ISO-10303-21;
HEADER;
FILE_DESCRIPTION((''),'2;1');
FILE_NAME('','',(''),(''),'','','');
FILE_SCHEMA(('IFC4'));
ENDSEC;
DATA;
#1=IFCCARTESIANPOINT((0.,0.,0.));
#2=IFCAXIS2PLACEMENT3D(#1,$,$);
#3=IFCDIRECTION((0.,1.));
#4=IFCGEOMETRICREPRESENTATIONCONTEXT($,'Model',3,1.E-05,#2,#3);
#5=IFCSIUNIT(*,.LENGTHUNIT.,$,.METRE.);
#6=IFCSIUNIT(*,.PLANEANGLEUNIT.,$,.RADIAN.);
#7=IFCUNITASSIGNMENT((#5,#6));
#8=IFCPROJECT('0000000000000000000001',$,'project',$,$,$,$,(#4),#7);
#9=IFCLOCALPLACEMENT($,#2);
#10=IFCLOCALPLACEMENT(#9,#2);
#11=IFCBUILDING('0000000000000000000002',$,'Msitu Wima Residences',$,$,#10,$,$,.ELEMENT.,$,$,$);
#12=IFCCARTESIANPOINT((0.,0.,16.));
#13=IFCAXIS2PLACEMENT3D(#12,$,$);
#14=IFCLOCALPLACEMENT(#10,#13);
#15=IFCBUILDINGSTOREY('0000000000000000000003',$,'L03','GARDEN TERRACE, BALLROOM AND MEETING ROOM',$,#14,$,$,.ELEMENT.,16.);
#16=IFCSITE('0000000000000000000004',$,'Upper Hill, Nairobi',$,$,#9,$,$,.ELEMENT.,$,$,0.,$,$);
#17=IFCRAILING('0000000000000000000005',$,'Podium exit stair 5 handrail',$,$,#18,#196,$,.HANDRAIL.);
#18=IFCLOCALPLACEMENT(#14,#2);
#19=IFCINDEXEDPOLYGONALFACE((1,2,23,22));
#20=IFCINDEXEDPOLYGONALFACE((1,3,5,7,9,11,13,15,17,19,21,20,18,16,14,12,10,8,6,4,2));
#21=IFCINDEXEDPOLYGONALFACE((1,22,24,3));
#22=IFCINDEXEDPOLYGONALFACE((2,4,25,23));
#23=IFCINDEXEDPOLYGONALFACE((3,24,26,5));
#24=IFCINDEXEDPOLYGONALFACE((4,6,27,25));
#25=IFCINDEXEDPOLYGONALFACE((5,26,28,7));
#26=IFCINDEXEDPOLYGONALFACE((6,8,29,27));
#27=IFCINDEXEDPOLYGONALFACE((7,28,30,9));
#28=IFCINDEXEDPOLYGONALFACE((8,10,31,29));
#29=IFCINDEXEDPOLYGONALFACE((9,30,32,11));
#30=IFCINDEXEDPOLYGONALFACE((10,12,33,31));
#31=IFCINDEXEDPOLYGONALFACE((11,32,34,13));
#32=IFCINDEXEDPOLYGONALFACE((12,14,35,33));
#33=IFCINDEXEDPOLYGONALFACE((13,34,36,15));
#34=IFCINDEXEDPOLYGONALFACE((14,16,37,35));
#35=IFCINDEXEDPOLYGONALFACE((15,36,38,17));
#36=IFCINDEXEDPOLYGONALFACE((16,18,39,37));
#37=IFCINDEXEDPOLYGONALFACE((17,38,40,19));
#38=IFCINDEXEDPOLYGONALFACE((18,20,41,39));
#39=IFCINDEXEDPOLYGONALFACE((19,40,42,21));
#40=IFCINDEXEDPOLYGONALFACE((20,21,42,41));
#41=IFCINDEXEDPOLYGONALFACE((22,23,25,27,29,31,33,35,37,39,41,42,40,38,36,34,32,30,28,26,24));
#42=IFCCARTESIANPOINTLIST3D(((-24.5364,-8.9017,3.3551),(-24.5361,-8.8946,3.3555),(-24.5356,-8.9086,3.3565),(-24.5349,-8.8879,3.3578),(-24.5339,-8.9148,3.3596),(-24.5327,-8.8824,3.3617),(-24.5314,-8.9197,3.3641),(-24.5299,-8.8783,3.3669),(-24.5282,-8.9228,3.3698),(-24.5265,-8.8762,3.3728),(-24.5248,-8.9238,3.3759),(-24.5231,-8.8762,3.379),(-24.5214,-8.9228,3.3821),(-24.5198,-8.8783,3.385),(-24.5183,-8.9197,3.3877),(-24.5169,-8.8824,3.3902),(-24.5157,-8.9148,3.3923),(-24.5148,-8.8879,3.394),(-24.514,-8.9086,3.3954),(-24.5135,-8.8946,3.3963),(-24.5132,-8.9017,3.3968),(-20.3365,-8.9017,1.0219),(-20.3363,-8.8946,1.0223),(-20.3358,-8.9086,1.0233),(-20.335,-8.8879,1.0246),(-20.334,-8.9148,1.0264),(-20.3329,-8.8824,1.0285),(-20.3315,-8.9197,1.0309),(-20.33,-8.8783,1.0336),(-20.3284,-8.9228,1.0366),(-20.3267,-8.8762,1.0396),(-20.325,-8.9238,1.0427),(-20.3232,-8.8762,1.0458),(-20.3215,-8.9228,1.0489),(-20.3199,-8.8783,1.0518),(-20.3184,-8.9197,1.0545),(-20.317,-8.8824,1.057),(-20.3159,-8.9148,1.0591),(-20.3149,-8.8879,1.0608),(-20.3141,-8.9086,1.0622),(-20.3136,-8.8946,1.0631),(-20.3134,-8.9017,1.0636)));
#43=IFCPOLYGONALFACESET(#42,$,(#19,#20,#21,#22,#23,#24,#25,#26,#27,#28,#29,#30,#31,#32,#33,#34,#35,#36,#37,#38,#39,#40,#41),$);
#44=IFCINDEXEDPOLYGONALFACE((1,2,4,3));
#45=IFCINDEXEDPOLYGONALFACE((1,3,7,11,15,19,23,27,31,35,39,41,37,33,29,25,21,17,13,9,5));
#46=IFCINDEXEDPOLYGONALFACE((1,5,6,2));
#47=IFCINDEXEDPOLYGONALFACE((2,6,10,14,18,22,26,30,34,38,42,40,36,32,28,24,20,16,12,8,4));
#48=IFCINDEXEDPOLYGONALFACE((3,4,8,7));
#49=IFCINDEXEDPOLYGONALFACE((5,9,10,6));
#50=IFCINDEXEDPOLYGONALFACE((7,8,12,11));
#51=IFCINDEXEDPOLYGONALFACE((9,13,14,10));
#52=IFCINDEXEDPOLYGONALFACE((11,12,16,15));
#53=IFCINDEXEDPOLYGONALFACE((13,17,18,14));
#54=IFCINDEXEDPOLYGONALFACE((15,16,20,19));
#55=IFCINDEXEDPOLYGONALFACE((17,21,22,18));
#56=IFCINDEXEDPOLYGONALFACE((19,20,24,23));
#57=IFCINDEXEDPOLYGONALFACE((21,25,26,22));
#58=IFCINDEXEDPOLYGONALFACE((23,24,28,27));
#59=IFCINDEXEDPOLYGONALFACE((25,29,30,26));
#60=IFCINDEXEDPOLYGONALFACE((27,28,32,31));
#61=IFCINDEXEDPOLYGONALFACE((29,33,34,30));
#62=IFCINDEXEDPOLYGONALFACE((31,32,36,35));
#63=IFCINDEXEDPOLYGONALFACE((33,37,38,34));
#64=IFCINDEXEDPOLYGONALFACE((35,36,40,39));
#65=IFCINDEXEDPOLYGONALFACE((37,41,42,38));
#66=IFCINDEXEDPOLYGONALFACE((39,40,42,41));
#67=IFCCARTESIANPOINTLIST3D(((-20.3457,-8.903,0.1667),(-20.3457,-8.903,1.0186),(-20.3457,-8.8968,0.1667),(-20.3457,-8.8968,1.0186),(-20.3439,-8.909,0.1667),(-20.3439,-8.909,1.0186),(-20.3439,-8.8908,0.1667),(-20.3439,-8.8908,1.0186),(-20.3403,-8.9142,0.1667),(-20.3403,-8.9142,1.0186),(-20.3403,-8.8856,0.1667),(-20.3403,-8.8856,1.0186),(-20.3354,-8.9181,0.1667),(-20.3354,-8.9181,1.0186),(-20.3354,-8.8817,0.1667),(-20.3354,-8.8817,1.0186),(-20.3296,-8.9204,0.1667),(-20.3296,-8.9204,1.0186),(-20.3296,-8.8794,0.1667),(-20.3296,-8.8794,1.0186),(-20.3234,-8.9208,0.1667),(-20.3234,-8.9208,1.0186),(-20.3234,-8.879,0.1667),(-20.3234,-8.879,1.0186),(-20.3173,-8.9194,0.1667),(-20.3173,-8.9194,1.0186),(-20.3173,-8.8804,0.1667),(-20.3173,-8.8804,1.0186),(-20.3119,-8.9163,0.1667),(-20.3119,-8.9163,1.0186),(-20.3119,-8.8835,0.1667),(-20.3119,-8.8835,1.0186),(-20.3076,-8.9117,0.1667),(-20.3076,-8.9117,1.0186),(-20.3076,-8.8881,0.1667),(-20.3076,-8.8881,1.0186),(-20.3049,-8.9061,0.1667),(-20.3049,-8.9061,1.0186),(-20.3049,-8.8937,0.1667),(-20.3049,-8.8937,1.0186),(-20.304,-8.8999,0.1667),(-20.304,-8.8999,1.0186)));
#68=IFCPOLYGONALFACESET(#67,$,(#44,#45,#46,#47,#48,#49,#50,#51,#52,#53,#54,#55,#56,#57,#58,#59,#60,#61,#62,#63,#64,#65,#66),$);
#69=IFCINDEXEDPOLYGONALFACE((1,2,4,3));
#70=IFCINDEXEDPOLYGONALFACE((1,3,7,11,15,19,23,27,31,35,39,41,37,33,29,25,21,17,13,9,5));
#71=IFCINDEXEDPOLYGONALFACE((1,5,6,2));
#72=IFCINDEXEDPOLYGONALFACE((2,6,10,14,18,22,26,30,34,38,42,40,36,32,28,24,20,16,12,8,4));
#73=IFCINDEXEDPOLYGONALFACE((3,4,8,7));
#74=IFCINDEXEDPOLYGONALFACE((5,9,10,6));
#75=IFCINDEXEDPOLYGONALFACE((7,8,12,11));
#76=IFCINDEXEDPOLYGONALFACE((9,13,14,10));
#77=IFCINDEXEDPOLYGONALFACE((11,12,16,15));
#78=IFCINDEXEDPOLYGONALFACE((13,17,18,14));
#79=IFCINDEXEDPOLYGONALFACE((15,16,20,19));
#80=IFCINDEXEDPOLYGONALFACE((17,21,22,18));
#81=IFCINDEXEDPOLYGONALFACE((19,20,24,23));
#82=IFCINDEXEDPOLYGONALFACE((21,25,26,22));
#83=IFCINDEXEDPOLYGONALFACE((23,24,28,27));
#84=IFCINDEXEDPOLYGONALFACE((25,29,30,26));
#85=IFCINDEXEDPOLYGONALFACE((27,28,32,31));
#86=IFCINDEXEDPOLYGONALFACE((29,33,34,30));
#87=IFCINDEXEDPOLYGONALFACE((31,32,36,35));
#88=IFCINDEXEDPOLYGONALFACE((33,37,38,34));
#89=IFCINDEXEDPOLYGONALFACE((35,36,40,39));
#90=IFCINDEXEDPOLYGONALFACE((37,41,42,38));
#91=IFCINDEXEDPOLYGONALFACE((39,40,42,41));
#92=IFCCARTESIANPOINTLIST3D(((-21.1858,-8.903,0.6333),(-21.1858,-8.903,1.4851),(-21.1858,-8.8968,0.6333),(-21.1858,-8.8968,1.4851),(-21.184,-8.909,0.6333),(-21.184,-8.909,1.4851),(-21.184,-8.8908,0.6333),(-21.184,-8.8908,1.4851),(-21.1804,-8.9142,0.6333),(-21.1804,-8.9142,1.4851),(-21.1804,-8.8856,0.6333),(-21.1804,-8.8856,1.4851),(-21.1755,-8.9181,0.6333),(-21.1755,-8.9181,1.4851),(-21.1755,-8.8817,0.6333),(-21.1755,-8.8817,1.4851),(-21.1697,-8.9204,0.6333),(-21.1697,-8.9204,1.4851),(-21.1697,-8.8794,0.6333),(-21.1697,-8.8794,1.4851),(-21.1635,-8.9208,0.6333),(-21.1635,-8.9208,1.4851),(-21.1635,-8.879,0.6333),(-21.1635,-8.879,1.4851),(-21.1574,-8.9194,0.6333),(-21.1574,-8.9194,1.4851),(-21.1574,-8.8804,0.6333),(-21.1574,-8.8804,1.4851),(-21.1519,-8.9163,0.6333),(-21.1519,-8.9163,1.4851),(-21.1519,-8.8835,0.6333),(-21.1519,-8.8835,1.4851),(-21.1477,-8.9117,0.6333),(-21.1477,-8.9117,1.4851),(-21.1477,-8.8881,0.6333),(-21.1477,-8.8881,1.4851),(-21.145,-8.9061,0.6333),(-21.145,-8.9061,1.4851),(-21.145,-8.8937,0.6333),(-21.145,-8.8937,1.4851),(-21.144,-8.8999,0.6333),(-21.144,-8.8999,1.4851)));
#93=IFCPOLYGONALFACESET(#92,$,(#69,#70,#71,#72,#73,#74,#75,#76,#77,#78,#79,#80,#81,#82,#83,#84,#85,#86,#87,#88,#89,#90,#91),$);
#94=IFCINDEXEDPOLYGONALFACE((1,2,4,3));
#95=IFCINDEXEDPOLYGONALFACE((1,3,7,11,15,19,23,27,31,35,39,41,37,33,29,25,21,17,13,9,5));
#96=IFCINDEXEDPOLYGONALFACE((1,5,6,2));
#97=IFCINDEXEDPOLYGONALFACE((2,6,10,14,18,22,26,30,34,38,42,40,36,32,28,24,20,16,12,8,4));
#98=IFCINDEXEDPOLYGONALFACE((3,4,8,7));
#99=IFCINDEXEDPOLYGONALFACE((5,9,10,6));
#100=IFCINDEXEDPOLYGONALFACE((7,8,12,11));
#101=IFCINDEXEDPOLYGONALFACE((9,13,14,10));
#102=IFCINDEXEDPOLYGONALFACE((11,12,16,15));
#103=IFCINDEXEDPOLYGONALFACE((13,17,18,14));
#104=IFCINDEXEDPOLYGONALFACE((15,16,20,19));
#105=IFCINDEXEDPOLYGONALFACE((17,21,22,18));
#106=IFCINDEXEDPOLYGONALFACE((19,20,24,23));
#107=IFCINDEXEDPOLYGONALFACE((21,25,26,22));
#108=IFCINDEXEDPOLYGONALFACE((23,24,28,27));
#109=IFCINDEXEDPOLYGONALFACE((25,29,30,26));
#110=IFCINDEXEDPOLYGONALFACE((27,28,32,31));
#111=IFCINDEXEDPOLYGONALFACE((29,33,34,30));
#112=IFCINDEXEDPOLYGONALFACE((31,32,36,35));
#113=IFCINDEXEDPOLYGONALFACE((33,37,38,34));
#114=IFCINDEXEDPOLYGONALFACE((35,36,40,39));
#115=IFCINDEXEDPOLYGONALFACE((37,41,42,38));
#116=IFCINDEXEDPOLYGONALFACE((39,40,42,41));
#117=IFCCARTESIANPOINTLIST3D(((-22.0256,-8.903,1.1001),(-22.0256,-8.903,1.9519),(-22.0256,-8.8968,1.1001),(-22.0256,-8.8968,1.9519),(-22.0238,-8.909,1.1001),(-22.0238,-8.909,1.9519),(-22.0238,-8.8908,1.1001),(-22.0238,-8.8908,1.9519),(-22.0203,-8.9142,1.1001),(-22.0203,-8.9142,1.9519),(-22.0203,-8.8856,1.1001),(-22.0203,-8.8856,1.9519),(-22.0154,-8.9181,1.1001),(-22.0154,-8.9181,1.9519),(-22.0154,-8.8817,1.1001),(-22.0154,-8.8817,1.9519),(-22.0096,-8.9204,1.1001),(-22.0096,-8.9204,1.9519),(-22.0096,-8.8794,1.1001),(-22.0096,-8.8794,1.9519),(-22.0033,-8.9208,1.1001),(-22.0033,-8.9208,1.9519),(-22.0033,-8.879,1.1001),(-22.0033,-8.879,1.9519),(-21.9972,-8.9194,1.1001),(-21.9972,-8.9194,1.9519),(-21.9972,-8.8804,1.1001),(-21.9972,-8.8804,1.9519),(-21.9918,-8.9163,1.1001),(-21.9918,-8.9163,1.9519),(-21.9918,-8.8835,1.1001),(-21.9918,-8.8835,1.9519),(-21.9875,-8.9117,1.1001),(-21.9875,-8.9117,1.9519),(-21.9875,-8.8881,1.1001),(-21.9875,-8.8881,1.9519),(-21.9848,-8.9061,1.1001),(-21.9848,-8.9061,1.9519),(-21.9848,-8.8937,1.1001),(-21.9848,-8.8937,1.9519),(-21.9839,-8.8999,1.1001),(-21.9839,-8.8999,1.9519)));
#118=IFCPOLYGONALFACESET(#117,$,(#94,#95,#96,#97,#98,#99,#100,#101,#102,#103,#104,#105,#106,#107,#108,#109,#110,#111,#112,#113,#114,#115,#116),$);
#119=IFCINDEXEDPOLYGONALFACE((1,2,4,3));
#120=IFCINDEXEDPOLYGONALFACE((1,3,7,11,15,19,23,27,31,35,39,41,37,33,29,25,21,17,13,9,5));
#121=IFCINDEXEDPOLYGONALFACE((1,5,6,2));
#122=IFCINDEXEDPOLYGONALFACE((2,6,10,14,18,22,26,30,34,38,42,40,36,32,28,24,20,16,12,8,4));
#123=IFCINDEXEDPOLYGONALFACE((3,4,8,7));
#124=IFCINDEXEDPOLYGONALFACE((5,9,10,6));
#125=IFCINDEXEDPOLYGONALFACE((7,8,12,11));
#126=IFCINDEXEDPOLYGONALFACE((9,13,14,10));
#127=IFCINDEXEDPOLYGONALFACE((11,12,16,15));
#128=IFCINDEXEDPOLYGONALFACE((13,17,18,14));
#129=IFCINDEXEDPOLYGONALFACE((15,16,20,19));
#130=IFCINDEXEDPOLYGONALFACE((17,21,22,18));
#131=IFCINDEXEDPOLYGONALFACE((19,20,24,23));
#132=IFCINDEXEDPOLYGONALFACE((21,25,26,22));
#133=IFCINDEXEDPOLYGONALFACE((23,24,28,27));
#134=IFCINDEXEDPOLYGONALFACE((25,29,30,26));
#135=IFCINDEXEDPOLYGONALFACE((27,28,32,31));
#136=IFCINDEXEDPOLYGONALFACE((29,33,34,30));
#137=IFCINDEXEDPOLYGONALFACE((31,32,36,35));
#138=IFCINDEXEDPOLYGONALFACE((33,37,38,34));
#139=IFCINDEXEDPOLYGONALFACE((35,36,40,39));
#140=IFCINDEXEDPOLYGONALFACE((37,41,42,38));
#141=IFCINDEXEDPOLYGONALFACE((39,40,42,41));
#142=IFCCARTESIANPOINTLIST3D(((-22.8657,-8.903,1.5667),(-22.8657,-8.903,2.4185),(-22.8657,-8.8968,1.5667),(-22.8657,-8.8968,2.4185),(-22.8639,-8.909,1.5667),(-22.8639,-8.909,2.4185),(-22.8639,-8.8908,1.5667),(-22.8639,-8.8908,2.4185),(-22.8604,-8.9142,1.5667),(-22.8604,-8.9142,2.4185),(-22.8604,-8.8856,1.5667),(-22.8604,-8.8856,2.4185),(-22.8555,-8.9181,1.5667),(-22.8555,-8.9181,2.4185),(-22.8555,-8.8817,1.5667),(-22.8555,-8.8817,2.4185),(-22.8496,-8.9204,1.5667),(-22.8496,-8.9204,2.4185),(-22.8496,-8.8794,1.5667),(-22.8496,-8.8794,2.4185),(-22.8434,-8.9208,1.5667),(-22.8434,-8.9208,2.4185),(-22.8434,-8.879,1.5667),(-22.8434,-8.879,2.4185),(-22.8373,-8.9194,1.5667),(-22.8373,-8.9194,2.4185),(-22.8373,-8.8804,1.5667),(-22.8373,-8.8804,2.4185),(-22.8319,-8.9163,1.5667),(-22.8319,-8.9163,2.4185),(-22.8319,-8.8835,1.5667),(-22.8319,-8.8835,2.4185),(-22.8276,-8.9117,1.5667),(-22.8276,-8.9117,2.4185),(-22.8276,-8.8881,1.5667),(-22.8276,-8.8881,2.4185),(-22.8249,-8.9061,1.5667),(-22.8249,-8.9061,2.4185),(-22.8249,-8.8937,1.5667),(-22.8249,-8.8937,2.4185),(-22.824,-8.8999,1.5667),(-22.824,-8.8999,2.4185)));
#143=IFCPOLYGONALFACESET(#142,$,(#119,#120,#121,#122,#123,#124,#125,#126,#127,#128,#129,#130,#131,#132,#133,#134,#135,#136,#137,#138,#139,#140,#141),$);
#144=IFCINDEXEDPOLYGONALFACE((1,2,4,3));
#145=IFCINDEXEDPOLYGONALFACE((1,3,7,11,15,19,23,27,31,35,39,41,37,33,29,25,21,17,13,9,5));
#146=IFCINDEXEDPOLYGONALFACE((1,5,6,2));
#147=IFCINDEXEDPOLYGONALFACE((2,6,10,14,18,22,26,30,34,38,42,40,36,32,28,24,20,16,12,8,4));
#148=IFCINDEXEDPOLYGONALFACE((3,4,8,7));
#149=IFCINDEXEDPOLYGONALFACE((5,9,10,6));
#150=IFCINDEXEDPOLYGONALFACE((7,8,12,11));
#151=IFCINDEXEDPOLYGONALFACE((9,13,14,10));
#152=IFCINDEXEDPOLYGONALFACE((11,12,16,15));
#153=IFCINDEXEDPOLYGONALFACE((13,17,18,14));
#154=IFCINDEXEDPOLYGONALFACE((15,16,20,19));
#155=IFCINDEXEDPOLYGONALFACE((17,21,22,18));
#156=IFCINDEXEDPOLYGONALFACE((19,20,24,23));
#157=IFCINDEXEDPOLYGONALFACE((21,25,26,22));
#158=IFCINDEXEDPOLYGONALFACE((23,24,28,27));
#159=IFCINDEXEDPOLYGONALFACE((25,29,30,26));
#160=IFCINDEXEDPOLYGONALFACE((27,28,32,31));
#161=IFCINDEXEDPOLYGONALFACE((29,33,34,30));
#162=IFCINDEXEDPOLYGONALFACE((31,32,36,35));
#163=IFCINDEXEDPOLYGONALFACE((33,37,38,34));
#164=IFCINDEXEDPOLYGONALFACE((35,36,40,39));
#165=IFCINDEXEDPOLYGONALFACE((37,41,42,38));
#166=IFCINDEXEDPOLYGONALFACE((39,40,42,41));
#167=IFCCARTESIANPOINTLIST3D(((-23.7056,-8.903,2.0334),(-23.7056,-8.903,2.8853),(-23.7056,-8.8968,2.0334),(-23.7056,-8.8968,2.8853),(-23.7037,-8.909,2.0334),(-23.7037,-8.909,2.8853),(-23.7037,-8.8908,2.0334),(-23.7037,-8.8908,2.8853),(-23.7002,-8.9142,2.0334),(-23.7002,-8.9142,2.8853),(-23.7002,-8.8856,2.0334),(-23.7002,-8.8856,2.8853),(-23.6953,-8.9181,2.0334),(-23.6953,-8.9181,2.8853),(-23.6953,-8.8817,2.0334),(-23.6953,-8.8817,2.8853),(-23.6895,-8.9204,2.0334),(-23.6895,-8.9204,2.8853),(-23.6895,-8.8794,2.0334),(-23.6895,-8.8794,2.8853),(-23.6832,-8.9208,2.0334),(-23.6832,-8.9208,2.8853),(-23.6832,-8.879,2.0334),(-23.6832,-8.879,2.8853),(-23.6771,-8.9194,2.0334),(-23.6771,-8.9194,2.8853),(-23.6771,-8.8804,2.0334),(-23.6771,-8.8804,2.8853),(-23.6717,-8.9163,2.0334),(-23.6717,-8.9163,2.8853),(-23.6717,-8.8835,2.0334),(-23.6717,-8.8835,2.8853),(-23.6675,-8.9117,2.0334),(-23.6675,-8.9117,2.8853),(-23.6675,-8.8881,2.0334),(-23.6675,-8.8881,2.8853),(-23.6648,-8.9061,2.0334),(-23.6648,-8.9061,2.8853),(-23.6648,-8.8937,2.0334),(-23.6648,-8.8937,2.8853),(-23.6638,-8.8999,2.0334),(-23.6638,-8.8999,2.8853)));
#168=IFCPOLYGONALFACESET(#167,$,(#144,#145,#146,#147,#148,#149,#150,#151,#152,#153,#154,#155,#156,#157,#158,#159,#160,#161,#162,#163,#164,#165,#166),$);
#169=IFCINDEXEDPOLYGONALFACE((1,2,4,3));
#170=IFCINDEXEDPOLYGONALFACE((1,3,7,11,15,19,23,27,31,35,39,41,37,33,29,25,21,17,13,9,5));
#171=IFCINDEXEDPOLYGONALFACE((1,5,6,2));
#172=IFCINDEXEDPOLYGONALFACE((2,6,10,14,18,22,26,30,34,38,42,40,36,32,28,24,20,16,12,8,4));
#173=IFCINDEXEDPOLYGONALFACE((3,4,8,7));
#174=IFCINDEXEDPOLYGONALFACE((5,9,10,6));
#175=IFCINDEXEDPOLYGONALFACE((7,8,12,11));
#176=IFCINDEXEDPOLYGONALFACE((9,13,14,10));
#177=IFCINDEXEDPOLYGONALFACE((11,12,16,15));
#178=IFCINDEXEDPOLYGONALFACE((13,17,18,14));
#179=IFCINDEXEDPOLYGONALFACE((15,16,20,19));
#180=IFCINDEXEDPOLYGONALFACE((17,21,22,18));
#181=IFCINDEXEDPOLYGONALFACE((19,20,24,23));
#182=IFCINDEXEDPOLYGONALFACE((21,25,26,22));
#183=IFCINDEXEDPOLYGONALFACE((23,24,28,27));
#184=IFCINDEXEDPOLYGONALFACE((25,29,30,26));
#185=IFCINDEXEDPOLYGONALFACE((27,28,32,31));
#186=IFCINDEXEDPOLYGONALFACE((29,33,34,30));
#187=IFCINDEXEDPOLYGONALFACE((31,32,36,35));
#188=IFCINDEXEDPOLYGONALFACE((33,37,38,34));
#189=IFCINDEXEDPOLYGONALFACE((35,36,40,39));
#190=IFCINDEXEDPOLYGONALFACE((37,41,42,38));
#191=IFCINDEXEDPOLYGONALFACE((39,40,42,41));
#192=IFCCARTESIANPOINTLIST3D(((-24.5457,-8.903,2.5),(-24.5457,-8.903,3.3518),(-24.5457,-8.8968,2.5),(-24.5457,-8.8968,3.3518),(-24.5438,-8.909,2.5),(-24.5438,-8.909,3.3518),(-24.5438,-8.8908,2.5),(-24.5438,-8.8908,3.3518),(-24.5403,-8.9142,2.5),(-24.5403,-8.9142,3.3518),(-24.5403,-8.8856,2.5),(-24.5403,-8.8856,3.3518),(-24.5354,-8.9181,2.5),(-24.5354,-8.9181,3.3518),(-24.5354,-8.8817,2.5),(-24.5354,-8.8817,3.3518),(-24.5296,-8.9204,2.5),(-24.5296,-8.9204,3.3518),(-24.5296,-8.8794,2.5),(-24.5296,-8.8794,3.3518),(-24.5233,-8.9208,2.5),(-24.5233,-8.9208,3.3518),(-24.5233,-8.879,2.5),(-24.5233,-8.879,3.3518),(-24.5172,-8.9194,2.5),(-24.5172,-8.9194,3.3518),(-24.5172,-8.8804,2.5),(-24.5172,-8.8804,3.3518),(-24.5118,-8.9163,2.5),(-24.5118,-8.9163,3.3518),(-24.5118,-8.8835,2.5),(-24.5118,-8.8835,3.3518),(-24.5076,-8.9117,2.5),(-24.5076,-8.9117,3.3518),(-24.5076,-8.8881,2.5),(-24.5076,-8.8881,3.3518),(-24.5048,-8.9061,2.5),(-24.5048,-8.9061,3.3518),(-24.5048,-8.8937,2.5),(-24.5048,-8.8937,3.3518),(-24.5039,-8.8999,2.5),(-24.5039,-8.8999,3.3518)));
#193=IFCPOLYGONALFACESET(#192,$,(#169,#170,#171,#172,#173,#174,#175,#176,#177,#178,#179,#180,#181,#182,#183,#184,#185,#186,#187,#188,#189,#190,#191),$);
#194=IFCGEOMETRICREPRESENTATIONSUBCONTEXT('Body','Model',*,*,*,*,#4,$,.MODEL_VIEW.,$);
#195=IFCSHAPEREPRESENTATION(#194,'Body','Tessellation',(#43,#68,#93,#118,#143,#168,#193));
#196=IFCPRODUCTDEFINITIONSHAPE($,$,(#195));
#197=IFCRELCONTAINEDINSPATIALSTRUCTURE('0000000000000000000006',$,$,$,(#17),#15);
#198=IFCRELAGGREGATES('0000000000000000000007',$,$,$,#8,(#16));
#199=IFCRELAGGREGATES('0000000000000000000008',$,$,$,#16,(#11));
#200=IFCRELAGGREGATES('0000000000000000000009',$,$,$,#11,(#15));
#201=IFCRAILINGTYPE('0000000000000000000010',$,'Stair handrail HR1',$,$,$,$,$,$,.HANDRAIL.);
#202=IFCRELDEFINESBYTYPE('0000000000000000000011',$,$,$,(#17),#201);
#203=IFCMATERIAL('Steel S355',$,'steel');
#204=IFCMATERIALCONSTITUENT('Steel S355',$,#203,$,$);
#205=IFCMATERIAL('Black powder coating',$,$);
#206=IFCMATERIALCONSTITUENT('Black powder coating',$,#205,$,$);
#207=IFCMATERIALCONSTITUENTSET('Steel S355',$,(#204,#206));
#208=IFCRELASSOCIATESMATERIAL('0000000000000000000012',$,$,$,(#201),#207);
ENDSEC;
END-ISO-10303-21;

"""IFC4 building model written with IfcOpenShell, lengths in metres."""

from ifc_helpers import new_model, si_unit, direction, frame, origin, origin_2d, place, context, subcontext, project, spatial, circle, extrude, material, constituent, constituent_set, type_object, element, save


model = new_model("IFC4")

# Units and contexts
model_context = context("Model", 3, precision=1e-05, world=origin(), true_north=direction((0.0, 1.0)))
body_context = subcontext(model_context, "Body", "Model", "MODEL_VIEW")
ifc_project = project(units=[si_unit("LENGTHUNIT", "METRE"), si_unit("PLANEANGLEUNIT", "RADIAN")], contexts=[model_context])

# Site, building, storey
site_placement = place(None, origin())
site = spatial("IfcSite", under=ifc_project, at=site_placement, Name="Upper Hill, Nairobi", CompositionType="ELEMENT", RefElevation=0.0)
building_placement = place(site_placement, origin())
building = spatial("IfcBuilding", under=site, at=building_placement, Name="Msitu Wima Residences", CompositionType="ELEMENT")
storey_placement = place(building_placement, frame((0.0, 0.0, 16.0)))
storey = spatial("IfcBuildingStorey", under=building, at=storey_placement, Name="L03", Description="GARDEN TERRACE, BALLROOM AND MEETING ROOM", CompositionType="ELEMENT", Elevation=16.0)

# Railing
ifc_material_1 = material(Name="Steel S355", Category="steel")
ifc_constituent_1 = constituent(ifc_material_1, Name="Steel S355")
ifc_material_2 = material(Name="Black powder coating")
ifc_constituent_2 = constituent(ifc_material_2, Name="Black powder coating")
ifc_constituent_set = constituent_set(constituents=[ifc_constituent_1, ifc_constituent_2], Name="Steel S355")
railing_type = type_object("IfcRailingType", Name="Stair handrail HR1", PredefinedType="HANDRAIL", material=ifc_constituent_set)
for number, where, name in (
    (1, (-20.325, -8.8999, 0.1667), "Podium exit stair 5 handrail"),
):
    element("IfcRailing", number, at=place(storey_placement, frame(where)), inside=storey, type_object=railing_type, Name=name, PredefinedType="HANDRAIL", context=body_context, shape_type="SweptSolid", body=[
        extrude(circle(Radius=0.0239, at=origin_2d()), frame((0.0, 0.0, 0.876), z_axis=(-0.874162, 0.0, 0.485634), x_axis=(0.0, -1.0, 0.0)), (0.0, 0.0, 1.0), 4.8044),
        extrude(circle(Radius=0.021, at=origin_2d()), origin(), (0.0, 0.0, 1.0), 0.8518),
        extrude(circle(Radius=0.021, at=origin_2d()), frame((-0.8401, 0.0, 0.4666)), (0.0, 0.0, 1.0), 0.8518),
        extrude(circle(Radius=0.021, at=origin_2d()), frame((-1.6799, 0.0, 0.9333)), (0.0, 0.0, 1.0), 0.8518),
        extrude(circle(Radius=0.021, at=origin_2d()), frame((-2.52, 0.0, 1.3999)), (0.0, 0.0, 1.0), 0.8518),
        extrude(circle(Radius=0.021, at=origin_2d()), frame((-3.3599, 0.0, 1.8667)), (0.0, 0.0, 1.0), 0.8518),
        extrude(circle(Radius=0.021, at=origin_2d()), frame((-4.2, 0.0, 2.3333)), (0.0, 0.0, 1.0), 0.8518),
    ])

save(model, "model.ifc")
